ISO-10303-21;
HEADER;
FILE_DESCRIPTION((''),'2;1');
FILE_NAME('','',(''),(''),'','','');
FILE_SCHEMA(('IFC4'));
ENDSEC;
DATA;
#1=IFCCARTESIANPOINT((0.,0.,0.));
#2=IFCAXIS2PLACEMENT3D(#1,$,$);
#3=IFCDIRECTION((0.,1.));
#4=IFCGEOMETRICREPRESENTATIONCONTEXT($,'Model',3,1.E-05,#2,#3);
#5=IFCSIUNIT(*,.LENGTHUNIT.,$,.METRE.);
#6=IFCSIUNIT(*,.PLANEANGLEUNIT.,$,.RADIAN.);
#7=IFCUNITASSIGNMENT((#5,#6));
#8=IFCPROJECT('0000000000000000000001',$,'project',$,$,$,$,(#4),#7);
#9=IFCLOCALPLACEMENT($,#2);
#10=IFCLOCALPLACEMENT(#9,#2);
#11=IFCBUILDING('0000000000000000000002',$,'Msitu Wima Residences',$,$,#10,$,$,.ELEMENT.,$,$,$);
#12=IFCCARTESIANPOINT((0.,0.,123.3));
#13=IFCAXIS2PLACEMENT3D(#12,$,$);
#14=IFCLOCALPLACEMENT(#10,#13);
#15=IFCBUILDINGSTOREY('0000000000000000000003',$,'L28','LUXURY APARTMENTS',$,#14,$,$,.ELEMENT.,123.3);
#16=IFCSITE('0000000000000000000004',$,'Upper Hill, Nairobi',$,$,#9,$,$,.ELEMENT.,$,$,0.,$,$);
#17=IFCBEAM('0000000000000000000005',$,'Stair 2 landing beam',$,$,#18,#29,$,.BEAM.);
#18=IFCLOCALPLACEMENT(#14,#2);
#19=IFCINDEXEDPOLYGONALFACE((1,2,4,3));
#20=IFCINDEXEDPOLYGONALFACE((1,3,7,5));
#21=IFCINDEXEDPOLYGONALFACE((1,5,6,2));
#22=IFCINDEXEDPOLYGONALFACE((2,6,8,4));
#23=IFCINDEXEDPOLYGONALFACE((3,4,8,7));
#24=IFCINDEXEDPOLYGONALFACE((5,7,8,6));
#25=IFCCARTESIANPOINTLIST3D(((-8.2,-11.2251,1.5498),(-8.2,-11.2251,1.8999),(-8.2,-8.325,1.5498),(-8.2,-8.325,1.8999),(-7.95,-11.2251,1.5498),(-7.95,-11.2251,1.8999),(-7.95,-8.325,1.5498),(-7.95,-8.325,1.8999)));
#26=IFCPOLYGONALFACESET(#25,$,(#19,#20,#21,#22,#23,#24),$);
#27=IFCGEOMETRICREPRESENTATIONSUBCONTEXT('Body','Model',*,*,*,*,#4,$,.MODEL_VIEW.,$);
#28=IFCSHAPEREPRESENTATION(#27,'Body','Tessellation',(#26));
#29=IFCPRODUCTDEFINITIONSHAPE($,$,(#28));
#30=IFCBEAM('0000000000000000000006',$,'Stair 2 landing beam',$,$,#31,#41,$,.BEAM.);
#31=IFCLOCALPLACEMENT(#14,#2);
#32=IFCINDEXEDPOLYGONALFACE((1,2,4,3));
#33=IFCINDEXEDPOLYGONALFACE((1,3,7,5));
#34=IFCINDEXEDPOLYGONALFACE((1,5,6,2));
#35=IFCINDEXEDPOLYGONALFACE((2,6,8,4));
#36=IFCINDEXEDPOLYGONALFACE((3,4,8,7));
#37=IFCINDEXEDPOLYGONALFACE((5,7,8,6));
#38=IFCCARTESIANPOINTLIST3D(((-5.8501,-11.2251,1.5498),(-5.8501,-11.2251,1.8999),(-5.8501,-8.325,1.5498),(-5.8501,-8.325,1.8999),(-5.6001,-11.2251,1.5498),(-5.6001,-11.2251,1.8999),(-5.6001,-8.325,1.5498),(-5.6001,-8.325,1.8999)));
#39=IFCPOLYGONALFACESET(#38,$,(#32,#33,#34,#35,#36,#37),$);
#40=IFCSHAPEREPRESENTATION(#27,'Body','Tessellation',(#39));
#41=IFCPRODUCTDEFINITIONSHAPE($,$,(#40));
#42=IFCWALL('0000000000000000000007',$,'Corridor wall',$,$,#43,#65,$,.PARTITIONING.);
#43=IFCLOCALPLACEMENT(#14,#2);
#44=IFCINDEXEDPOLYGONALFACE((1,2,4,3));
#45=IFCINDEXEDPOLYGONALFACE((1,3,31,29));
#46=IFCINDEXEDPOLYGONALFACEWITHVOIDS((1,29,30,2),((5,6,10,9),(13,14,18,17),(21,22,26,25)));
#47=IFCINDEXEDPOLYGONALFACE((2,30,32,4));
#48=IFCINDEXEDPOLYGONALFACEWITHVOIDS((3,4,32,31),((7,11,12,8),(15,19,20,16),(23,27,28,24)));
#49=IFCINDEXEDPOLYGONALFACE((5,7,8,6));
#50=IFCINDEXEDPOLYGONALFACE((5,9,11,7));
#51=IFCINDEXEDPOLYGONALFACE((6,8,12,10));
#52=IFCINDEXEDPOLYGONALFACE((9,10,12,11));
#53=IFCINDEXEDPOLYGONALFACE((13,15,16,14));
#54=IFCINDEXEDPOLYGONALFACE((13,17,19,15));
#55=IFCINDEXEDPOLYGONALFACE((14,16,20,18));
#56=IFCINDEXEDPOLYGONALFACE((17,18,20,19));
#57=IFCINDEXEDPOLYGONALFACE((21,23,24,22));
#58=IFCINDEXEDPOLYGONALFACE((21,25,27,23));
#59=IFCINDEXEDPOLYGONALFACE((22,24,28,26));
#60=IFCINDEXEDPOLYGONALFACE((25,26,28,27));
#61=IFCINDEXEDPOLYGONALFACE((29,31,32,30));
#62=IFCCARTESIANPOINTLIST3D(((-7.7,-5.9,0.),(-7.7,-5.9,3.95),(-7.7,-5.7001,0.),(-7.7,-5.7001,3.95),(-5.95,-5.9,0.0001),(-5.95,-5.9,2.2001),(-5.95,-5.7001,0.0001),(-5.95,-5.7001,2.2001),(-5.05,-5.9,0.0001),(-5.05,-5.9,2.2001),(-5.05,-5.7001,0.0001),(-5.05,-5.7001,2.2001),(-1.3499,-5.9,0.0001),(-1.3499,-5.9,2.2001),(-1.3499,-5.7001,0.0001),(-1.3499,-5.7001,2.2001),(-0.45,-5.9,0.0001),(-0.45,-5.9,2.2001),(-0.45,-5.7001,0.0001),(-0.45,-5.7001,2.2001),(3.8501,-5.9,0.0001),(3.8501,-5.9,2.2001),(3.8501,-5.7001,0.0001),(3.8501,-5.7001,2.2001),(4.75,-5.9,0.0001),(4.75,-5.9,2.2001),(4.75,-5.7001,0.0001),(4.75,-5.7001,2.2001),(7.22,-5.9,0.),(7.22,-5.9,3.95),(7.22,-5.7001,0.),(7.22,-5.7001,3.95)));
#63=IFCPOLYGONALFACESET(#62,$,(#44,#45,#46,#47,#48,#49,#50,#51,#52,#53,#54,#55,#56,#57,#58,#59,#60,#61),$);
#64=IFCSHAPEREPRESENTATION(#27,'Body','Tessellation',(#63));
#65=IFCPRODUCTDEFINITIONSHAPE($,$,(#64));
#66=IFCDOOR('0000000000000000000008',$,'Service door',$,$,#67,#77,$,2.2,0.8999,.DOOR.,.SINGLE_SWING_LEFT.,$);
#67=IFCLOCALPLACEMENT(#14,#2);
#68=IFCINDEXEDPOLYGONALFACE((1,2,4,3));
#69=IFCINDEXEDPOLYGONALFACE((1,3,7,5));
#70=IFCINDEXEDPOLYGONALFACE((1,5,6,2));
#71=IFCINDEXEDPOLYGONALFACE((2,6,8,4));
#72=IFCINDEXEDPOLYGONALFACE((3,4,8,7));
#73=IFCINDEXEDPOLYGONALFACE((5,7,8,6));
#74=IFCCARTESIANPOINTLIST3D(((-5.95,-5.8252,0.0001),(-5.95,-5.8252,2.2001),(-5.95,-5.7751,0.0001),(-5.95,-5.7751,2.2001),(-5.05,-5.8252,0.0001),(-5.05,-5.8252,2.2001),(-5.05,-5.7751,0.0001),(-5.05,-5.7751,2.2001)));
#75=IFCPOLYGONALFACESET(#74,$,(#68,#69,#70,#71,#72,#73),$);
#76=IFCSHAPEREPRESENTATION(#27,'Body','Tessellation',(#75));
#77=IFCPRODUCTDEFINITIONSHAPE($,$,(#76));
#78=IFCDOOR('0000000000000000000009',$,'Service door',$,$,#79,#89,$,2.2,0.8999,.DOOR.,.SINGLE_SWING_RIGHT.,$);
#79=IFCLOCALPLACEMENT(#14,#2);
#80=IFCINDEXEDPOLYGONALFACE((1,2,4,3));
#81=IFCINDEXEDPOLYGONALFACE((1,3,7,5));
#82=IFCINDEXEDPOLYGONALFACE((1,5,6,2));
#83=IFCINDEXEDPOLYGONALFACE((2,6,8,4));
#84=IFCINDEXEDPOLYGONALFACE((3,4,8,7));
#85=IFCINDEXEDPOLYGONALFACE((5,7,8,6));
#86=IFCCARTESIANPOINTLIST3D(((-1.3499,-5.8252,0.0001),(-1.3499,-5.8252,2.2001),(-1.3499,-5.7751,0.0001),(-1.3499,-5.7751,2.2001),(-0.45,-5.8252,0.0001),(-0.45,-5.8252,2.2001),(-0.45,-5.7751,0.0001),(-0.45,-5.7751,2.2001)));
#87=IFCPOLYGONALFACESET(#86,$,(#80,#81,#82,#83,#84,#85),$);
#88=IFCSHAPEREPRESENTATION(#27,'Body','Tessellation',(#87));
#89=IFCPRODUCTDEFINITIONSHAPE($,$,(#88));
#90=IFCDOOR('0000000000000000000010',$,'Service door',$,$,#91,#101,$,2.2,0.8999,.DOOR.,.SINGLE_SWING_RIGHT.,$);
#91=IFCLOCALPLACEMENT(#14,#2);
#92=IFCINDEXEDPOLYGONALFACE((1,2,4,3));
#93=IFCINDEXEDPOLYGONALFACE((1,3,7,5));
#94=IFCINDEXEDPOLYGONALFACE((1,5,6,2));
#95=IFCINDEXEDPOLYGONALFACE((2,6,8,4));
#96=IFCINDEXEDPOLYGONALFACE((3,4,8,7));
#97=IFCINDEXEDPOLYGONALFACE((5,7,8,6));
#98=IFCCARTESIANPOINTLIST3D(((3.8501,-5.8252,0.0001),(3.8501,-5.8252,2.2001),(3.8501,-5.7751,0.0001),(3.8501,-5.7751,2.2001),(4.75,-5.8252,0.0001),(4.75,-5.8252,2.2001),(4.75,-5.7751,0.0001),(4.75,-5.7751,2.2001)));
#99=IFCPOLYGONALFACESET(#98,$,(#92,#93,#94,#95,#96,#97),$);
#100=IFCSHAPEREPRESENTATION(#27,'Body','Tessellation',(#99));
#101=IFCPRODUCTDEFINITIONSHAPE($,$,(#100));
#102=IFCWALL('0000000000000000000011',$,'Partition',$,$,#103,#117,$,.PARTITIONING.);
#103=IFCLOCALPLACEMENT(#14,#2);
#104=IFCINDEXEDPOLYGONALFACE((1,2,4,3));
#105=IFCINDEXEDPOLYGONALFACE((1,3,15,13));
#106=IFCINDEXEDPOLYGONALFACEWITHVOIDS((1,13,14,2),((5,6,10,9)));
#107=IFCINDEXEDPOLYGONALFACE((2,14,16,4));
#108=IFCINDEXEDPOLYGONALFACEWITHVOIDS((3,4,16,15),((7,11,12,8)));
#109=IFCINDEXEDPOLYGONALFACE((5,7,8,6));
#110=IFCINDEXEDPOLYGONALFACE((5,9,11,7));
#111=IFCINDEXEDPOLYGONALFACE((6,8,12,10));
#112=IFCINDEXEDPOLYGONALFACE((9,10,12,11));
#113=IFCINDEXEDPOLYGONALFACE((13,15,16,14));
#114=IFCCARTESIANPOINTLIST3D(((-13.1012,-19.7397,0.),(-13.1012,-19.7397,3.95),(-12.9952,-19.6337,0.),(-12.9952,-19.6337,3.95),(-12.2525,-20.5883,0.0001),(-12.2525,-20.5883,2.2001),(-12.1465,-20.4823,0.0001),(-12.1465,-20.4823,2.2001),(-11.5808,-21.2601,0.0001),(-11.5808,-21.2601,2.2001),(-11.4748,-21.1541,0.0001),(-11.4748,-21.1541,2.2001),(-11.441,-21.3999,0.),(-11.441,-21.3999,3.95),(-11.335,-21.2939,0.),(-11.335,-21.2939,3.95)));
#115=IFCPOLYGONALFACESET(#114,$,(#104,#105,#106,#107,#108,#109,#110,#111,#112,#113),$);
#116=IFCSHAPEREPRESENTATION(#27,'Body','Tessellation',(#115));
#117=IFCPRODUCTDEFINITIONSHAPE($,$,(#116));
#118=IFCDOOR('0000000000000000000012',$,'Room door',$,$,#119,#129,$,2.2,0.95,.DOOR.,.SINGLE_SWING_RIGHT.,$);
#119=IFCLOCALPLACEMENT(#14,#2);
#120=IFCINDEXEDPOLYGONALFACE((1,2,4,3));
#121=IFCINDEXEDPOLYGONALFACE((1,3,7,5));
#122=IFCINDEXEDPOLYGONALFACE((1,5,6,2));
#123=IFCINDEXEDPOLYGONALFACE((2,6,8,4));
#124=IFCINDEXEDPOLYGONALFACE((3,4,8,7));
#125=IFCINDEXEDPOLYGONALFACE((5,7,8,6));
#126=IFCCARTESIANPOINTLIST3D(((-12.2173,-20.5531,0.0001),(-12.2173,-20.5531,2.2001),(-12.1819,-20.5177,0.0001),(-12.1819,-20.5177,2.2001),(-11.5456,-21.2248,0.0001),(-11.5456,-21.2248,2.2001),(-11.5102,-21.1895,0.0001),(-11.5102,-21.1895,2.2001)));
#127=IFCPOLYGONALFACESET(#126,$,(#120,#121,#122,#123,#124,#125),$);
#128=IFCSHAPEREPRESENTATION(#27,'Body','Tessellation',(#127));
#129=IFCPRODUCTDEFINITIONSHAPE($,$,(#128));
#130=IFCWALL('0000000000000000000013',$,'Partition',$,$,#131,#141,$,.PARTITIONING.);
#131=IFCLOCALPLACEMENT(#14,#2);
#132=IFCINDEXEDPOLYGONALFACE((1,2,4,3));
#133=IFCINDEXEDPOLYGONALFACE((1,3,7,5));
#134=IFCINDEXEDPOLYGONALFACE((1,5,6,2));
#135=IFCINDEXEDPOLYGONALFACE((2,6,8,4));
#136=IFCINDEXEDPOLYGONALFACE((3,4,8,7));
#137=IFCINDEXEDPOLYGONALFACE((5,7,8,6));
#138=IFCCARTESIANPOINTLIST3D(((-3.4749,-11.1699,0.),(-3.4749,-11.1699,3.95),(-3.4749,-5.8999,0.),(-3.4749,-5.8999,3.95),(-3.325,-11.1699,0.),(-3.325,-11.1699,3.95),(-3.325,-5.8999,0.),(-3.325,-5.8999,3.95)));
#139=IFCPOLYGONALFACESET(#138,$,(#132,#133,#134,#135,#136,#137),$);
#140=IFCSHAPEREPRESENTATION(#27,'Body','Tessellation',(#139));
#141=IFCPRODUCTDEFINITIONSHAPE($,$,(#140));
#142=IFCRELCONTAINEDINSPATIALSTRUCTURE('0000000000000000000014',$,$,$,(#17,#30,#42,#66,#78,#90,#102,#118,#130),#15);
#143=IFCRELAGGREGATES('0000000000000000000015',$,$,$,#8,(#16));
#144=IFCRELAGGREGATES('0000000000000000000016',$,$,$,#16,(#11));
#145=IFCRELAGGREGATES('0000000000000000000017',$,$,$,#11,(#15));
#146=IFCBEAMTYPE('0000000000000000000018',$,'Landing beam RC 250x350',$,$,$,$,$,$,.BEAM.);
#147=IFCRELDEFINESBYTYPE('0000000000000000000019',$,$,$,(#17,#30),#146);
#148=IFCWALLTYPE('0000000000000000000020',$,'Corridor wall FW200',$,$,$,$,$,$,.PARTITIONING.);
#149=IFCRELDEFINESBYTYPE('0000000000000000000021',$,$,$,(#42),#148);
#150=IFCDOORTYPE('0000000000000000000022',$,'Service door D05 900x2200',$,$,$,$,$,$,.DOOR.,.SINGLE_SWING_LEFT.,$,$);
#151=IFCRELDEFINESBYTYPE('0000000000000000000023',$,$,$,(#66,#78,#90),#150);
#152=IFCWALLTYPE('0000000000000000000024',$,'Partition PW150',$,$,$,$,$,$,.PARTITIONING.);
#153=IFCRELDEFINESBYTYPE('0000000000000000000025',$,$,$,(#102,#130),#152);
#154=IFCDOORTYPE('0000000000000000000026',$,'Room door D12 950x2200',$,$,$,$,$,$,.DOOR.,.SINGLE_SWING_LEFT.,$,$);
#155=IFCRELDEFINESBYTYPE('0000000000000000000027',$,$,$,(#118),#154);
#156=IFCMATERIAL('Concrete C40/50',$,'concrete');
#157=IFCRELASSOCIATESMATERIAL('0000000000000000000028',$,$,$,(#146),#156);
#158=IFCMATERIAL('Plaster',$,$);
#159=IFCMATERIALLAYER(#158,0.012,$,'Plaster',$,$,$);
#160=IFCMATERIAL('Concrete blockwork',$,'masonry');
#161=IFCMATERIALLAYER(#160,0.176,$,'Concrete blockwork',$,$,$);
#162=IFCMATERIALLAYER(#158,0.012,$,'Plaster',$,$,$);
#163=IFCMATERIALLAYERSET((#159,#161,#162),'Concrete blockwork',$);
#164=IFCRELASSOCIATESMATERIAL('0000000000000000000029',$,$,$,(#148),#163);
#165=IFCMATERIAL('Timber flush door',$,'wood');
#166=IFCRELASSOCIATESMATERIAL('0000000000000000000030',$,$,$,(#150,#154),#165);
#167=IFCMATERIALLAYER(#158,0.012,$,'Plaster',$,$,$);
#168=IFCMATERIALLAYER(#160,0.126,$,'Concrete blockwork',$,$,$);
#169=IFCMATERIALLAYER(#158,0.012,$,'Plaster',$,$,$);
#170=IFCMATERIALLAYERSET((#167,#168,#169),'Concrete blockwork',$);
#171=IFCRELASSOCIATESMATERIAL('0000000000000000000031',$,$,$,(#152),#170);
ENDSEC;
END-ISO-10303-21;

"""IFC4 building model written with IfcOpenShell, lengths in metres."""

from ifc_helpers import new_model, si_unit, direction, frame, frame_2d, origin, origin_2d, place, context, subcontext, project, spatial, rectangle, extrude, material, layer, layer_set, material_profile, profile_set, type_object, element, fill, save


model = new_model("IFC4")

# Units and contexts
model_context = context("Model", 3, precision=1e-05, world=origin(), true_north=direction((0.0, 1.0)))
body_context = subcontext(model_context, "Body", "Model", "MODEL_VIEW")
ifc_project = project(units=[si_unit("LENGTHUNIT", "METRE"), si_unit("PLANEANGLEUNIT", "RADIAN")], contexts=[model_context])

# Site, building, storey
site_placement = place(None, origin())
site = spatial("IfcSite", under=ifc_project, at=site_placement, Name="Upper Hill, Nairobi", CompositionType="ELEMENT", RefElevation=0.0)
building_placement = place(site_placement, origin())
building = spatial("IfcBuilding", under=site, at=building_placement, Name="Msitu Wima Residences", CompositionType="ELEMENT")
storey_placement = place(building_placement, frame((0.0, 0.0, 123.3)))
storey = spatial("IfcBuildingStorey", under=building, at=storey_placement, Name="L28", Description="LUXURY APARTMENTS", CompositionType="ELEMENT", Elevation=123.3)

# Beams
ifc_material_1 = material(Name="Concrete C40/50", Category="concrete")
ifc_material_profile = material_profile(ifc_material_1, rectangle(XDim=0.25, YDim=0.3501, at=origin_2d()), Name="RC 250x350")
ifc_profile_set = profile_set([ifc_material_profile], Name="Concrete C40/50")
beam_type = type_object("IfcBeamType", Name="Landing beam RC 250x350", PredefinedType="BEAM", material=ifc_profile_set)
for number, where, z_axis, x_axis, name in (
    (1, (-8.075, -11.2251, 1.7249), (0.0, 1.0, 0.0), (-1.0, 0.0, 0.0), "Stair 2 landing beam"),
    (2, (-5.7251, -11.2251, 1.7249), (0.0, 1.0, 0.0), (-1.0, 0.0, 0.0), "Stair 2 landing beam"),
):
    element("IfcBeam", number, at=place(storey_placement, frame(where, z_axis=z_axis, x_axis=x_axis)), inside=storey, type_object=beam_type, Name=name, PredefinedType="BEAM", context=body_context, shape_type="SweptSolid", body=[
        extrude(rectangle(XDim=0.25, YDim=0.3501, at=origin_2d()), origin(), (0.0, 0.0, 1.0), 2.9001),
    ])

# Shared definitions
ifc_material_2 = material(Name="Plaster")
ifc_layer_1 = layer(ifc_material_2, 0.012, Name="Plaster")
ifc_material_3 = material(Name="Concrete blockwork", Category="masonry")
ifc_layer_2 = layer(ifc_material_3, 0.176, Name="Concrete blockwork")
ifc_layer_3 = layer(ifc_material_2, 0.012, Name="Plaster")
ifc_layer_set_1 = layer_set([ifc_layer_1, ifc_layer_2, ifc_layer_3], Name="Concrete blockwork")
wall_type_1 = type_object("IfcWallType", Name="Corridor wall FW200", PredefinedType="PARTITIONING", material=ifc_layer_set_1)

# Wall, openings, doors
wall_1_placement = place(storey_placement, frame((-7.7, -5.8, 0.0), z_axis=(0.0, 0.0, 1.0), x_axis=(1.0, 0.0, 0.0)))
wall_1 = element("IfcWall", 3, at=wall_1_placement, inside=storey, type_object=wall_type_1, Name="Corridor wall", PredefinedType="PARTITIONING", context=body_context, shape_type="SweptSolid", body=[
    extrude(rectangle(XDim=14.9199, YDim=0.2, at=frame_2d((7.46, 0.0))), origin(), (0.0, 0.0, 1.0), 3.95),
])
opening_1_placement = place(wall_1_placement, frame((1.75, 0.0, 0.0)))
opening_1 = element("IfcOpeningElement", 4, at=opening_1_placement, cuts=wall_1, PredefinedType="OPENING", context=body_context, shape_type="SweptSolid", body=[
    extrude(rectangle(XDim=0.8999, YDim=2.2, at=frame_2d((0.45, 1.1001))), frame((0.0, 0.1099, 0.0), z_axis=(0.0, -1.0, 0.0), x_axis=(1.0, 0.0, 0.0)), (0.0, 0.0, 1.0), 0.22),
])
opening_2_placement = place(wall_1_placement, frame((6.3501, 0.0, 0.0)))
opening_2 = element("IfcOpeningElement", 5, at=opening_2_placement, cuts=wall_1, PredefinedType="OPENING", context=body_context, shape_type="SweptSolid", body=[
    extrude(rectangle(XDim=0.8999, YDim=2.2, at=frame_2d((0.45, 1.1001))), frame((0.0, 0.1099, 0.0), z_axis=(0.0, -1.0, 0.0), x_axis=(1.0, 0.0, 0.0)), (0.0, 0.0, 1.0), 0.22),
])
opening_3_placement = place(wall_1_placement, frame((11.55, 0.0, 0.0)))
opening_3 = element("IfcOpeningElement", 6, at=opening_3_placement, cuts=wall_1, PredefinedType="OPENING", context=body_context, shape_type="SweptSolid", body=[
    extrude(rectangle(XDim=0.8999, YDim=2.2, at=frame_2d((0.45, 1.1001))), frame((0.0, 0.1099, 0.0), z_axis=(0.0, -1.0, 0.0), x_axis=(1.0, 0.0, 0.0)), (0.0, 0.0, 1.0), 0.22),
])
ifc_material_4 = material(Name="Timber flush door", Category="wood")
door_type_1 = type_object("IfcDoorType", Name="Service door D05 900x2200", OperationType="SINGLE_SWING_LEFT", PredefinedType="DOOR", material=ifc_material_4)
door_1_placement = place(opening_1_placement, origin())
door_1 = element("IfcDoor", 7, at=door_1_placement, inside=storey, type_object=door_type_1, Name="Service door", OperationType="SINGLE_SWING_LEFT", OverallHeight=2.2, OverallWidth=0.8999, PredefinedType="DOOR", context=body_context, shape_type="SweptSolid", body=[
    extrude(rectangle(XDim=0.8999, YDim=2.2, at=frame_2d((0.45, 1.1001))), frame((0.0, 0.0249, 0.0), z_axis=(0.0, -1.0, 0.0), x_axis=(1.0, 0.0, 0.0)), (0.0, 0.0, 1.0), 0.05),
])
fill(opening_1, door_1)
door_2_placement = place(opening_2_placement, origin())
door_2 = element("IfcDoor", 8, at=door_2_placement, inside=storey, type_object=door_type_1, Name="Service door", OperationType="SINGLE_SWING_RIGHT", OverallHeight=2.2, OverallWidth=0.8999, PredefinedType="DOOR", context=body_context, shape_type="SweptSolid", body=[
    extrude(rectangle(XDim=0.8999, YDim=2.2, at=frame_2d((0.45, 1.1001))), frame((0.0, 0.0249, 0.0), z_axis=(0.0, -1.0, 0.0), x_axis=(1.0, 0.0, 0.0)), (0.0, 0.0, 1.0), 0.05),
])
fill(opening_2, door_2)
door_3_placement = place(opening_3_placement, origin())
door_3 = element("IfcDoor", 9, at=door_3_placement, inside=storey, type_object=door_type_1, Name="Service door", OperationType="SINGLE_SWING_RIGHT", OverallHeight=2.2, OverallWidth=0.8999, PredefinedType="DOOR", context=body_context, shape_type="SweptSolid", body=[
    extrude(rectangle(XDim=0.8999, YDim=2.2, at=frame_2d((0.45, 1.1001))), frame((0.0, 0.0249, 0.0), z_axis=(0.0, -1.0, 0.0), x_axis=(1.0, 0.0, 0.0)), (0.0, 0.0, 1.0), 0.05),
])
fill(opening_3, door_3)

# Wall, opening, door
ifc_layer_4 = layer(ifc_material_2, 0.012, Name="Plaster")
ifc_layer_5 = layer(ifc_material_3, 0.126, Name="Concrete blockwork")
ifc_layer_6 = layer(ifc_material_2, 0.012, Name="Plaster")
ifc_layer_set_2 = layer_set([ifc_layer_4, ifc_layer_5, ifc_layer_6], Name="Concrete blockwork")
wall_type_2 = type_object("IfcWallType", Name="Partition PW150", PredefinedType="PARTITIONING", material=ifc_layer_set_2)
wall_2_placement = place(storey_placement, frame((-13.0481, -19.6868, 0.0), z_axis=(0.0, 0.0, 1.0), x_axis=(0.707107, -0.707107, 0.0)))
wall_2 = element("IfcWall", 10, at=wall_2_placement, inside=storey, type_object=wall_type_2, Name="Partition", PredefinedType="PARTITIONING", context=body_context, shape_type="SweptSolid", body=[
    extrude(rectangle(XDim=2.3479, YDim=0.1499, at=frame_2d((1.1738, 0.0))), origin(), (0.0, 0.0, 1.0), 3.95),
])
opening_4_placement = place(wall_2_placement, frame((1.2, 0.0, 0.0)))
opening_4 = element("IfcOpeningElement", 11, at=opening_4_placement, cuts=wall_2, PredefinedType="OPENING", context=body_context, shape_type="SweptSolid", body=[
    extrude(rectangle(XDim=0.95, YDim=2.2, at=frame_2d((0.4751, 1.1001))), frame((0.0, 0.085, 0.0), z_axis=(0.0, -1.0, 0.0), x_axis=(1.0, 0.0, 0.0)), (0.0, 0.0, 1.0), 0.1699),
])
door_type_2 = type_object("IfcDoorType", Name="Room door D12 950x2200", OperationType="SINGLE_SWING_LEFT", PredefinedType="DOOR", material=ifc_material_4)
door_4_placement = place(opening_4_placement, origin())
door_4 = element("IfcDoor", 12, at=door_4_placement, inside=storey, type_object=door_type_2, Name="Room door", OperationType="SINGLE_SWING_RIGHT", OverallHeight=2.2, OverallWidth=0.95, PredefinedType="DOOR", context=body_context, shape_type="SweptSolid", body=[
    extrude(rectangle(XDim=0.95, YDim=2.2, at=frame_2d((0.4751, 1.1001))), frame((0.0, 0.0249, 0.0), z_axis=(0.0, -1.0, 0.0), x_axis=(1.0, 0.0, 0.0)), (0.0, 0.0, 1.0), 0.05),
])
fill(opening_4, door_4)

# Wall
wall_3_placement = place(storey_placement, frame((-3.3999, -11.1699, 0.0), z_axis=(0.0, 0.0, 1.0), x_axis=(0.0, 1.0, 0.0)))
element("IfcWall", 13, at=wall_3_placement, inside=storey, type_object=wall_type_2, Name="Partition", PredefinedType="PARTITIONING", context=body_context, shape_type="SweptSolid", body=[
    extrude(rectangle(XDim=5.27, YDim=0.1499, at=frame_2d((2.635, 0.0))), origin(), (0.0, 0.0, 1.0), 3.95),
])

save(model, "model.ifc")
